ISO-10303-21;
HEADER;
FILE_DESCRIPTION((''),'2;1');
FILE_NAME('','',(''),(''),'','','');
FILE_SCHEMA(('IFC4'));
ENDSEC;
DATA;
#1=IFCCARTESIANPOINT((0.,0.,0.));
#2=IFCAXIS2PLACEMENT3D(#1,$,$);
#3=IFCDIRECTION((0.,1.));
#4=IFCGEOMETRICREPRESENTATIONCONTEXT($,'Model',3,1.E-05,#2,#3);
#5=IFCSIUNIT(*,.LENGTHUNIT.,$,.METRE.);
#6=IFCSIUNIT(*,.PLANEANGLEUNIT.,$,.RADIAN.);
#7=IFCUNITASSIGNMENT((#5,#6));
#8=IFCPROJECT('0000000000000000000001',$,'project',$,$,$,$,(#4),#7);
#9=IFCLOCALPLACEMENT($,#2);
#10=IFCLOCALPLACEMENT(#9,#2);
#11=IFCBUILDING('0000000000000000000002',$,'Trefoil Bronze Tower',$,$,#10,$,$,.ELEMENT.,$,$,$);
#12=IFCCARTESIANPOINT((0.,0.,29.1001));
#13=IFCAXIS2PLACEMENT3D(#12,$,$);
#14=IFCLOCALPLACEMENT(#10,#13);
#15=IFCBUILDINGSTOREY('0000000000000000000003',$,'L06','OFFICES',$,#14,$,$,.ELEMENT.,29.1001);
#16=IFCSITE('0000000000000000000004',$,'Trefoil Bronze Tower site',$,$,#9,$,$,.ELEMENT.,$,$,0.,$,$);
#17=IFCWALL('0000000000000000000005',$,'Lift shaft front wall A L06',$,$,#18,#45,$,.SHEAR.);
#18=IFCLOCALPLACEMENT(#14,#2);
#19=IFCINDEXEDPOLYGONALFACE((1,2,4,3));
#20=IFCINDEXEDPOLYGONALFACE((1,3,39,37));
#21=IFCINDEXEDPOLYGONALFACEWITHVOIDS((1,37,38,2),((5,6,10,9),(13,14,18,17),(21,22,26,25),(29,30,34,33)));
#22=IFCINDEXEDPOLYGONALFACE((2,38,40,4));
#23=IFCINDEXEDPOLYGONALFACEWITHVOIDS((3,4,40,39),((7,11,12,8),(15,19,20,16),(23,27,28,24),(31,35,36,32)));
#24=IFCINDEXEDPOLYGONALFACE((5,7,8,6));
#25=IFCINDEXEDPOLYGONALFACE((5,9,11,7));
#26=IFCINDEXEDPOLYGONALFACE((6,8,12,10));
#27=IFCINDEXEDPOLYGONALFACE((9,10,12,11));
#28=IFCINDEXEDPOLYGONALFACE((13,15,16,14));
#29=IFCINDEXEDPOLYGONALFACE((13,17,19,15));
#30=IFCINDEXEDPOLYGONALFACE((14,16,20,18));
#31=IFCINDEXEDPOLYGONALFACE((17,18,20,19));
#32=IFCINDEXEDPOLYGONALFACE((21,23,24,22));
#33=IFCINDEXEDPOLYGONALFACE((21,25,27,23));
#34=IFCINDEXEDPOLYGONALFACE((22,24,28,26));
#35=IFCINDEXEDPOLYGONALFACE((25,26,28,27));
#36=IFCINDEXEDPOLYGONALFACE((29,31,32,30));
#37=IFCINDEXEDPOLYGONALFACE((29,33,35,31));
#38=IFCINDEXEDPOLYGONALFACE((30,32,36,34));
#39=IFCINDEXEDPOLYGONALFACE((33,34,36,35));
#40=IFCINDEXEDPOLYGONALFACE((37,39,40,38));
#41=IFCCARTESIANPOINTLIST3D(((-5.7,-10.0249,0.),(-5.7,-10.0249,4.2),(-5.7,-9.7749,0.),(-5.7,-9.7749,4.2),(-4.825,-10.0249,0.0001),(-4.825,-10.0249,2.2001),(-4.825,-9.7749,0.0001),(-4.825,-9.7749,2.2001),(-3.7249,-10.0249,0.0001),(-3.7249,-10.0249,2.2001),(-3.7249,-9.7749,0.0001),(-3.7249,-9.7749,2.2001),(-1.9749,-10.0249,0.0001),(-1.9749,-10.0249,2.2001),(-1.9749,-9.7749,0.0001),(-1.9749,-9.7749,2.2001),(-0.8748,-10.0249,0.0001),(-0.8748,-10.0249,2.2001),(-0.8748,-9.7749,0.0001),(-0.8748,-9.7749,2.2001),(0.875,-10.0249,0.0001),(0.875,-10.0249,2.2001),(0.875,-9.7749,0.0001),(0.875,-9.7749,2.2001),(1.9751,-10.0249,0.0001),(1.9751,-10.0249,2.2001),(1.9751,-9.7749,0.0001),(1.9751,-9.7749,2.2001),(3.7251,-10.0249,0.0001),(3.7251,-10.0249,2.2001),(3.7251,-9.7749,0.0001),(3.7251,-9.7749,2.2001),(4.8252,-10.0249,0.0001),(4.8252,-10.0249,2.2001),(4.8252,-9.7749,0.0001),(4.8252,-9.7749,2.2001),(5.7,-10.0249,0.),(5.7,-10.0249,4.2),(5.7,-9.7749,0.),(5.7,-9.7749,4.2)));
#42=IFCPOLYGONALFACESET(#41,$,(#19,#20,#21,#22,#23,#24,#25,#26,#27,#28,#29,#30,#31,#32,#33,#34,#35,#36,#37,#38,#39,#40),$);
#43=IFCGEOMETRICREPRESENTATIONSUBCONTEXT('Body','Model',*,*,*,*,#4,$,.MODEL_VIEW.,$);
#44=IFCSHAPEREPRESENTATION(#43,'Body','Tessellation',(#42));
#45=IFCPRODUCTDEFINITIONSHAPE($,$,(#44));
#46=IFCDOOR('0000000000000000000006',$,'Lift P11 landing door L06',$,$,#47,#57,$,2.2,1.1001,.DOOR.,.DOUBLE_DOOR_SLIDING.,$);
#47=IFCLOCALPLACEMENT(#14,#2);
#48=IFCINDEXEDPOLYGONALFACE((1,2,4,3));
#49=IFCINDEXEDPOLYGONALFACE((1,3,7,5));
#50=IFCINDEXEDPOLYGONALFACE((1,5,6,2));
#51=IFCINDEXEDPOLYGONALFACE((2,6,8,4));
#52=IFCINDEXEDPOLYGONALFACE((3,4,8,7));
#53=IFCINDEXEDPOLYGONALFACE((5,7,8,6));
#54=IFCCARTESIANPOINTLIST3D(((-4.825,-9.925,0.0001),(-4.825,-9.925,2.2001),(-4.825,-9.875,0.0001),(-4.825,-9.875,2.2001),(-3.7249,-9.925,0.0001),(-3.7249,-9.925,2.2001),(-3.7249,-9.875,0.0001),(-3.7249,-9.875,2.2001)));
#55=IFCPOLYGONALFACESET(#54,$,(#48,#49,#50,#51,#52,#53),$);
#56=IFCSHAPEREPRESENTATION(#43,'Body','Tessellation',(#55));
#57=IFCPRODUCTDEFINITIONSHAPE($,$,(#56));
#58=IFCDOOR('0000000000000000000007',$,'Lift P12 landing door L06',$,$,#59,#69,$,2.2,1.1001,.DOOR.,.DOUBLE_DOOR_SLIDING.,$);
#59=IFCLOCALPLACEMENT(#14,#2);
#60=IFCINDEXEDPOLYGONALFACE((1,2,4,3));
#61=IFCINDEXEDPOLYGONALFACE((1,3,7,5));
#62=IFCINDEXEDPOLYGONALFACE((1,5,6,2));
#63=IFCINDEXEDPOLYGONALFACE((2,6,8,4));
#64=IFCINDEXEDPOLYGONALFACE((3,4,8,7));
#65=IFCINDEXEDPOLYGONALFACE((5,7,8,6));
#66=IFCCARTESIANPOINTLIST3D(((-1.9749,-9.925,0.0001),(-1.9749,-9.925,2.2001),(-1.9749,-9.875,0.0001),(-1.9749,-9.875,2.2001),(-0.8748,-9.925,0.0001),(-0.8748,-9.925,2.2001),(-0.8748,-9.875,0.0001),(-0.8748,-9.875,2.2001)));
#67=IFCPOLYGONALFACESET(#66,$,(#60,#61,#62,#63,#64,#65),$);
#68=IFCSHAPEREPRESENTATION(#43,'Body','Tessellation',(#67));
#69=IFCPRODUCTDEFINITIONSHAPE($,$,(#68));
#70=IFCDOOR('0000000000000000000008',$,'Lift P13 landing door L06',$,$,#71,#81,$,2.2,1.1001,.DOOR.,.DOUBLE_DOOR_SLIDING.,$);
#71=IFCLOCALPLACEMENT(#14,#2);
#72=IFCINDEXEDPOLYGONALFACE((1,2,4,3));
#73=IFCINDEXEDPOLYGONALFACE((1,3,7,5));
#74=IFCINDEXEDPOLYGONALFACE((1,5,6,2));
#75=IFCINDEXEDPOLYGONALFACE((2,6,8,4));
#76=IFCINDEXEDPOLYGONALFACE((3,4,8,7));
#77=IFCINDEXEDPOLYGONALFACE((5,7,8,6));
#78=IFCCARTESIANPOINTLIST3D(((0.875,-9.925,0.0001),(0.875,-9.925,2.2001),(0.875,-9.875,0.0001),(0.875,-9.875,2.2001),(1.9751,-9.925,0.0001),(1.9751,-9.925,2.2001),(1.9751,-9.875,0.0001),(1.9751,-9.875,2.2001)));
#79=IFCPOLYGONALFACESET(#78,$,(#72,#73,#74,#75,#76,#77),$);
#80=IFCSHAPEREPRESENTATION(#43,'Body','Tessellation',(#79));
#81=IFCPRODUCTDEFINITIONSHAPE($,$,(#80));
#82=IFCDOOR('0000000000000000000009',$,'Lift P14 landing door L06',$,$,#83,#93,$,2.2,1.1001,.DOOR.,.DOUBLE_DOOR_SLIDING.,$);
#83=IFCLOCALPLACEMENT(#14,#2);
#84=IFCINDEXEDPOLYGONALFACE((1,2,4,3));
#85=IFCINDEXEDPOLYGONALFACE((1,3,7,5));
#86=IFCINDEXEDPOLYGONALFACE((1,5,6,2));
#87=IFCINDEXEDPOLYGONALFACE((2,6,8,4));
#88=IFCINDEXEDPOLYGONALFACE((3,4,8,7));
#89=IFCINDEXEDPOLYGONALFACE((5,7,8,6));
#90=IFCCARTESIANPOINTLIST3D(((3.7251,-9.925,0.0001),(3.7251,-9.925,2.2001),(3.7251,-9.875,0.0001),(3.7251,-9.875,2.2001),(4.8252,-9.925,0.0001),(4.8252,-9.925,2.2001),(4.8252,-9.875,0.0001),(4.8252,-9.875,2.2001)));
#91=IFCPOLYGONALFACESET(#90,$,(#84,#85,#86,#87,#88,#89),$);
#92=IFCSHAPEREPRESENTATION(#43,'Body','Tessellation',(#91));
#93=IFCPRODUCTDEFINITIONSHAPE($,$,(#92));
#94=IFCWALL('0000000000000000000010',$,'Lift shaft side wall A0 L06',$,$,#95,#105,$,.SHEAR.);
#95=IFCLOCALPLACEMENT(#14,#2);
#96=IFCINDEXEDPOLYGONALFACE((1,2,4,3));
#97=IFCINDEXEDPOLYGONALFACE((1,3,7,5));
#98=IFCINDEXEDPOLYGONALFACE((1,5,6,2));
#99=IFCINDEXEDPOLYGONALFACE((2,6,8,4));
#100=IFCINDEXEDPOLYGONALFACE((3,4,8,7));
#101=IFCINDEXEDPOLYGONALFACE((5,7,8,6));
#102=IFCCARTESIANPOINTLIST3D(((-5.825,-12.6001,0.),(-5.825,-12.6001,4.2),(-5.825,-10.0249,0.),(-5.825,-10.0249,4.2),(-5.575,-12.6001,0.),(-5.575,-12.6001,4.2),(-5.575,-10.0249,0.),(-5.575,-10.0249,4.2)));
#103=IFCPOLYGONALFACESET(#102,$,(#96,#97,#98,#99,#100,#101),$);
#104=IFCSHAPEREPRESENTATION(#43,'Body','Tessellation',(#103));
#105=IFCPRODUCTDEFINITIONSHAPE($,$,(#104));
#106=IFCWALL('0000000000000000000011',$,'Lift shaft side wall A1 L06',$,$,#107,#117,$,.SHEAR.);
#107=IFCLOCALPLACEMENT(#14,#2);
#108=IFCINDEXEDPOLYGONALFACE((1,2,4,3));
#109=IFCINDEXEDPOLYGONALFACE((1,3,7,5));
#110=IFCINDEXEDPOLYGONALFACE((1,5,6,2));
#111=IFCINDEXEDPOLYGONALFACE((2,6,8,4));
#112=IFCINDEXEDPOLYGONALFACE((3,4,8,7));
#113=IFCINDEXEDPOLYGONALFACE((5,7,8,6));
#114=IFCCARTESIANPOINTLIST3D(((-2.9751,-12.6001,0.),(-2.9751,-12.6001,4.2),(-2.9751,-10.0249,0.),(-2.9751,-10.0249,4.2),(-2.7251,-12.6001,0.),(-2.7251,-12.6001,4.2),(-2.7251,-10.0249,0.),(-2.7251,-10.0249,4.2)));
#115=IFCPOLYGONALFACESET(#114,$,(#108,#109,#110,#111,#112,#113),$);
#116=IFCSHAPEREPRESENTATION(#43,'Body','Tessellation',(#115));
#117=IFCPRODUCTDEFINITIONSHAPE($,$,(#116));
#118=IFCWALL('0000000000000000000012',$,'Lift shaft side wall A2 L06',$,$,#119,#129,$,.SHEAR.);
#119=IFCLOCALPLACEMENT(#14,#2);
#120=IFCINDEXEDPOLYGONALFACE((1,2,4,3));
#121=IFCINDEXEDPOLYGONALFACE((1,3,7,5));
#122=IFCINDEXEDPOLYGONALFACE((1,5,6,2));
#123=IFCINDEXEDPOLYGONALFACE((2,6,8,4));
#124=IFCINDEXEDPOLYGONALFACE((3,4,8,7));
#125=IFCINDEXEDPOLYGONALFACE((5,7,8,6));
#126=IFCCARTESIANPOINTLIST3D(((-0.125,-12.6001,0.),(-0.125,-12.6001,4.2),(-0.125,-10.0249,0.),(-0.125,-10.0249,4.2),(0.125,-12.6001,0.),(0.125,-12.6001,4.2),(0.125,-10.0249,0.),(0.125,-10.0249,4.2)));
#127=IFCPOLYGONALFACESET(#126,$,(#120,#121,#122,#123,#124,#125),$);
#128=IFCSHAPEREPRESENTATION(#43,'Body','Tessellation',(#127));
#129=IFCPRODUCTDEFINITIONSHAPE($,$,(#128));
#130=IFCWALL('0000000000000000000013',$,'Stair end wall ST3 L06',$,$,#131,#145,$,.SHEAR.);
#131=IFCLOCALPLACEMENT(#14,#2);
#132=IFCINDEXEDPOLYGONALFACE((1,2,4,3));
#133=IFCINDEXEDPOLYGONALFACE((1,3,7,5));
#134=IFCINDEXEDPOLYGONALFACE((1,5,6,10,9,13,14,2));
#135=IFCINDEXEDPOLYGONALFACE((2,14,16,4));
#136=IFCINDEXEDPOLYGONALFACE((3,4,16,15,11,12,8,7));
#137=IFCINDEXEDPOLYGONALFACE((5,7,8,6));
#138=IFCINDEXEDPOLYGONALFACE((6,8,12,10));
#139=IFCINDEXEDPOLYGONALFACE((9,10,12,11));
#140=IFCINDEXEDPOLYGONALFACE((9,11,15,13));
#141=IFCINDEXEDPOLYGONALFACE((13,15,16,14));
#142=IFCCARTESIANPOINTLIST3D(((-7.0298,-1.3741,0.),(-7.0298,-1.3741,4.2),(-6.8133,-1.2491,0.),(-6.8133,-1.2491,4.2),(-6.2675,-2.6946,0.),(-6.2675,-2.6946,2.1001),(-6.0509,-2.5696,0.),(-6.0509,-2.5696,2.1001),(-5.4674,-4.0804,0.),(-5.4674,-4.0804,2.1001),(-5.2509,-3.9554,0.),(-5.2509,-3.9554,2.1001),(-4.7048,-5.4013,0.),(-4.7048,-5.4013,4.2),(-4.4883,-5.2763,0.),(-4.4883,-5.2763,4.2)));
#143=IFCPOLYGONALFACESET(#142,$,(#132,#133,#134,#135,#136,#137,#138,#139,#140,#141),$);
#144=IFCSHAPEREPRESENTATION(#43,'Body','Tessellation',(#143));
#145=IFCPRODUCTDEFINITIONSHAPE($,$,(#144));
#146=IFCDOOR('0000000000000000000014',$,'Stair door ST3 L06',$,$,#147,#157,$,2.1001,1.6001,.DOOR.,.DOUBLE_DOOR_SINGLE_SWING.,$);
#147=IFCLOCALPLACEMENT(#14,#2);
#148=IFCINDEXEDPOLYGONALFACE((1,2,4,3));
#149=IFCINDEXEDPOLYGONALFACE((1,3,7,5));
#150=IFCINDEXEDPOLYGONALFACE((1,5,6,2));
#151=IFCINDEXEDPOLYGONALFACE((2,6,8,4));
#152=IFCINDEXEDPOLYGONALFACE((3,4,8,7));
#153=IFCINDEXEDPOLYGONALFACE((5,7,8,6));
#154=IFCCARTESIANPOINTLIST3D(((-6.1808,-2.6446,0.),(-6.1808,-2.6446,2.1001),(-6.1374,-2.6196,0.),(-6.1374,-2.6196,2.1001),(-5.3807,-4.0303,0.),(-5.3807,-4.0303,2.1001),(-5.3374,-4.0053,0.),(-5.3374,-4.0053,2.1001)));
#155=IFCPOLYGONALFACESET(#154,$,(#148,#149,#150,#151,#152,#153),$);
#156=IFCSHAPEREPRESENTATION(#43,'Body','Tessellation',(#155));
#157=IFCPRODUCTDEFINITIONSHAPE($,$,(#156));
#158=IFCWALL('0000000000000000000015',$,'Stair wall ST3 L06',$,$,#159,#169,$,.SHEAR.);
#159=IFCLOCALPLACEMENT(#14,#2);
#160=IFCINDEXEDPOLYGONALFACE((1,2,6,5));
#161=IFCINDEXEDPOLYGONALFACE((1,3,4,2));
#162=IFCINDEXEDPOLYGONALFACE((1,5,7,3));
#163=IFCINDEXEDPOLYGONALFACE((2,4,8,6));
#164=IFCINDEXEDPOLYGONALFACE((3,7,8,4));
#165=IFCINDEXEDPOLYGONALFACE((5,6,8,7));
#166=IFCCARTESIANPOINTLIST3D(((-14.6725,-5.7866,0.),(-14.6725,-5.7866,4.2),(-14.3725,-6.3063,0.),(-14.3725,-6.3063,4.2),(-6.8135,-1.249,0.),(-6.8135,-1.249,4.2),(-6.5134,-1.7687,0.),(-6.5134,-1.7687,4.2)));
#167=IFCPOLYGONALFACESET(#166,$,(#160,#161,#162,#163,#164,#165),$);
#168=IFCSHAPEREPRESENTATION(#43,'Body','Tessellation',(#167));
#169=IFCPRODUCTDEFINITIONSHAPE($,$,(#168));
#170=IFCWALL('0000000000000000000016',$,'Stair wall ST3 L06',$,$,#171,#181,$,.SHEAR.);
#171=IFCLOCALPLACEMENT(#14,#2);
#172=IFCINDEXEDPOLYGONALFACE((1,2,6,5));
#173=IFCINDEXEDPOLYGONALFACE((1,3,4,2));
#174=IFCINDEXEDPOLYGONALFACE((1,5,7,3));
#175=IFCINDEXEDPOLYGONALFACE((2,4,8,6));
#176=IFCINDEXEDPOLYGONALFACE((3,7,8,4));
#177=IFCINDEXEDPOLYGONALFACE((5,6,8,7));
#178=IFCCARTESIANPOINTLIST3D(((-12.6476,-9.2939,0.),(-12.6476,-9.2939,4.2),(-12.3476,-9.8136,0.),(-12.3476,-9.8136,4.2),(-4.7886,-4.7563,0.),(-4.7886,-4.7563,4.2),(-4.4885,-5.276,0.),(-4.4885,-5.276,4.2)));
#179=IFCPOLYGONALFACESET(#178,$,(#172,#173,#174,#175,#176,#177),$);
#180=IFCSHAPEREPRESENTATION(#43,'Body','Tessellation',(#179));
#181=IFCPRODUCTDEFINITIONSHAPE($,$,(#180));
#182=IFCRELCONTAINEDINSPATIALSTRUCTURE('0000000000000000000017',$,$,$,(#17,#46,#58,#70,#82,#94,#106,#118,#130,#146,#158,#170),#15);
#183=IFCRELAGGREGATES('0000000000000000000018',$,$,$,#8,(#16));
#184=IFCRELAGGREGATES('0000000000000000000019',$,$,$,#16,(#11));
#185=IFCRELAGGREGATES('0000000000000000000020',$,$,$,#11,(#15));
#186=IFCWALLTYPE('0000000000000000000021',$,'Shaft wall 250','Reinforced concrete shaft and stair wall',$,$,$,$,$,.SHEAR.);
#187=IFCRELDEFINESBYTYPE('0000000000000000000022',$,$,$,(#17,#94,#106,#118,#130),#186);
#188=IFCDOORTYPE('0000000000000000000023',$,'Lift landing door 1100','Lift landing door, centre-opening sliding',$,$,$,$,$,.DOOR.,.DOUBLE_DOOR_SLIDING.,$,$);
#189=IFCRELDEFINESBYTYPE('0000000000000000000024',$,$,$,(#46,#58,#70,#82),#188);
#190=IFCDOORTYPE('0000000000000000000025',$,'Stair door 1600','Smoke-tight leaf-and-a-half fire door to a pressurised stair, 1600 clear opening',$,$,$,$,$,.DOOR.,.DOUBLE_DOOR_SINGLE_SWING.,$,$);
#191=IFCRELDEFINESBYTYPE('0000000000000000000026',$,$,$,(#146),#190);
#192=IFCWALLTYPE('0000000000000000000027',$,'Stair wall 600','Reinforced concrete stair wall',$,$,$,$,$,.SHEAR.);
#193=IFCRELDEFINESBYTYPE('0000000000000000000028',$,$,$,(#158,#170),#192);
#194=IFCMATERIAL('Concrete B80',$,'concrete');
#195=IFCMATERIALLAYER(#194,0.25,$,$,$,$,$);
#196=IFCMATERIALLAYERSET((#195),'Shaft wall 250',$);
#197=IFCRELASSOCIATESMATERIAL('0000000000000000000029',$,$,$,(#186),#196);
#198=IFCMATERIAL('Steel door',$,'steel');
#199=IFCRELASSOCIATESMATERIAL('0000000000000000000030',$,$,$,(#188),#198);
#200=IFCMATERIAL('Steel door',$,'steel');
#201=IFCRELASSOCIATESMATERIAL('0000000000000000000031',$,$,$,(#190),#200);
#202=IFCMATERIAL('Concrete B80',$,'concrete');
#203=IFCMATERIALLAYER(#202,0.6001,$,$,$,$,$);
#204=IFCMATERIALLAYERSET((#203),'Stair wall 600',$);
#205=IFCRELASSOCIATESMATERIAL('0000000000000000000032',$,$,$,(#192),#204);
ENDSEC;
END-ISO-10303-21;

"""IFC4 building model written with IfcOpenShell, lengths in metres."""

from ifc_helpers import new_model, si_unit, direction, frame, frame_2d, origin, place, context, subcontext, project, spatial, rectangle, extrude, material, layer, layer_set, type_object, element, fill, save


model = new_model("IFC4")

# Units and contexts
model_context = context("Model", 3, precision=1e-05, world=origin(), true_north=direction((0.0, 1.0)))
body_context = subcontext(model_context, "Body", "Model", "MODEL_VIEW")
ifc_project = project(units=[si_unit("LENGTHUNIT", "METRE"), si_unit("PLANEANGLEUNIT", "RADIAN")], contexts=[model_context])

# Site, building, storey
site_placement = place(None, origin())
site = spatial("IfcSite", under=ifc_project, at=site_placement, Name="Trefoil Bronze Tower site", CompositionType="ELEMENT", RefElevation=0.0)
building_placement = place(site_placement, origin())
building = spatial("IfcBuilding", under=site, at=building_placement, Name="Trefoil Bronze Tower", CompositionType="ELEMENT")
storey_placement = place(building_placement, frame((0.0, 0.0, 29.1001)))
storey = spatial("IfcBuildingStorey", under=building, at=storey_placement, Name="L06", Description="OFFICES", CompositionType="ELEMENT", Elevation=29.1001)

# Wall, openings, doors
ifc_material_1 = material(Name="Concrete B80", Category="concrete")
ifc_layer_1 = layer(ifc_material_1, 0.25)
ifc_layer_set_1 = layer_set([ifc_layer_1], Name="Shaft wall 250")
wall_type_1 = type_object("IfcWallType", Name="Shaft wall 250", Description="Reinforced concrete shaft and stair wall", PredefinedType="SHEAR", material=ifc_layer_set_1)
wall_1_placement = place(storey_placement, frame((-5.7, -9.8999, 0.0), z_axis=(0.0, 0.0, 1.0), x_axis=(1.0, 0.0, 0.0)))
wall_1 = element("IfcWall", 1, at=wall_1_placement, inside=storey, type_object=wall_type_1, Name="Lift shaft front wall A L06", PredefinedType="SHEAR", context=body_context, shape_type="SweptSolid", body=[
    extrude(rectangle(XDim=11.3999, YDim=0.25, at=frame_2d((5.7, 0.0))), origin(), (0.0, 0.0, 1.0), 4.2),
])
opening_1_placement = place(wall_1_placement, frame((0.875, 0.0, 0.0)))
opening_1 = element("IfcOpeningElement", 2, at=opening_1_placement, cuts=wall_1, PredefinedType="OPENING", context=body_context, shape_type="SweptSolid", body=[
    extrude(rectangle(XDim=1.1001, YDim=2.2, at=frame_2d((0.55, 1.1001))), frame((0.0, 0.135, 0.0), z_axis=(0.0, -1.0, 0.0), x_axis=(1.0, 0.0, 0.0)), (0.0, 0.0, 1.0), 0.27),
])
opening_2_placement = place(wall_1_placement, frame((3.7251, 0.0, 0.0)))
opening_2 = element("IfcOpeningElement", 3, at=opening_2_placement, cuts=wall_1, PredefinedType="OPENING", context=body_context, shape_type="SweptSolid", body=[
    extrude(rectangle(XDim=1.1001, YDim=2.2, at=frame_2d((0.55, 1.1001))), frame((0.0, 0.135, 0.0), z_axis=(0.0, -1.0, 0.0), x_axis=(1.0, 0.0, 0.0)), (0.0, 0.0, 1.0), 0.27),
])
opening_3_placement = place(wall_1_placement, frame((6.575, 0.0, 0.0)))
opening_3 = element("IfcOpeningElement", 4, at=opening_3_placement, cuts=wall_1, PredefinedType="OPENING", context=body_context, shape_type="SweptSolid", body=[
    extrude(rectangle(XDim=1.1001, YDim=2.2, at=frame_2d((0.55, 1.1001))), frame((0.0, 0.135, 0.0), z_axis=(0.0, -1.0, 0.0), x_axis=(1.0, 0.0, 0.0)), (0.0, 0.0, 1.0), 0.27),
])
opening_4_placement = place(wall_1_placement, frame((9.425, 0.0, 0.0)))
opening_4 = element("IfcOpeningElement", 5, at=opening_4_placement, cuts=wall_1, PredefinedType="OPENING", context=body_context, shape_type="SweptSolid", body=[
    extrude(rectangle(XDim=1.1001, YDim=2.2, at=frame_2d((0.55, 1.1001))), frame((0.0, 0.135, 0.0), z_axis=(0.0, -1.0, 0.0), x_axis=(1.0, 0.0, 0.0)), (0.0, 0.0, 1.0), 0.27),
])
ifc_material_2 = material(Name="Steel door", Category="steel")
door_type_1 = type_object("IfcDoorType", Name="Lift landing door 1100", Description="Lift landing door, centre-opening sliding", OperationType="DOUBLE_DOOR_SLIDING", PredefinedType="DOOR", material=ifc_material_2)
door_1_placement = place(opening_1_placement, origin())
door_1 = element("IfcDoor", 6, at=door_1_placement, inside=storey, type_object=door_type_1, Name="Lift P11 landing door L06", OperationType="DOUBLE_DOOR_SLIDING", OverallHeight=2.2, OverallWidth=1.1001, PredefinedType="DOOR", context=body_context, shape_type="SweptSolid", body=[
    extrude(rectangle(XDim=1.1001, YDim=2.2, at=frame_2d((0.55, 1.1001))), frame((0.0, 0.0249, 0.0), z_axis=(0.0, -1.0, 0.0), x_axis=(1.0, 0.0, 0.0)), (0.0, 0.0, 1.0), 0.05),
])
fill(opening_1, door_1)
door_2_placement = place(opening_2_placement, origin())
door_2 = element("IfcDoor", 7, at=door_2_placement, inside=storey, type_object=door_type_1, Name="Lift P12 landing door L06", OperationType="DOUBLE_DOOR_SLIDING", OverallHeight=2.2, OverallWidth=1.1001, PredefinedType="DOOR", context=body_context, shape_type="SweptSolid", body=[
    extrude(rectangle(XDim=1.1001, YDim=2.2, at=frame_2d((0.55, 1.1001))), frame((0.0, 0.0249, 0.0), z_axis=(0.0, -1.0, 0.0), x_axis=(1.0, 0.0, 0.0)), (0.0, 0.0, 1.0), 0.05),
])
fill(opening_2, door_2)
door_3_placement = place(opening_3_placement, origin())
door_3 = element("IfcDoor", 8, at=door_3_placement, inside=storey, type_object=door_type_1, Name="Lift P13 landing door L06", OperationType="DOUBLE_DOOR_SLIDING", OverallHeight=2.2, OverallWidth=1.1001, PredefinedType="DOOR", context=body_context, shape_type="SweptSolid", body=[
    extrude(rectangle(XDim=1.1001, YDim=2.2, at=frame_2d((0.55, 1.1001))), frame((0.0, 0.0249, 0.0), z_axis=(0.0, -1.0, 0.0), x_axis=(1.0, 0.0, 0.0)), (0.0, 0.0, 1.0), 0.05),
])
fill(opening_3, door_3)
door_4_placement = place(opening_4_placement, origin())
door_4 = element("IfcDoor", 9, at=door_4_placement, inside=storey, type_object=door_type_1, Name="Lift P14 landing door L06", OperationType="DOUBLE_DOOR_SLIDING", OverallHeight=2.2, OverallWidth=1.1001, PredefinedType="DOOR", context=body_context, shape_type="SweptSolid", body=[
    extrude(rectangle(XDim=1.1001, YDim=2.2, at=frame_2d((0.55, 1.1001))), frame((0.0, 0.0249, 0.0), z_axis=(0.0, -1.0, 0.0), x_axis=(1.0, 0.0, 0.0)), (0.0, 0.0, 1.0), 0.05),
])
fill(opening_4, door_4)

# Walls
for number, where, z_axis, x_axis, name in (
    (10, (-5.7, -10.0249, 0.0), (0.0, 0.0, 1.0), (0.0, -1.0, 0.0), "Lift shaft side wall A0 L06"),
    (11, (-2.8501, -10.0249, 0.0), (0.0, 0.0, 1.0), (0.0, -1.0, 0.0), "Lift shaft side wall A1 L06"),
    (12, (0.0, -10.0249, 0.0), (0.0, 0.0, 1.0), (0.0, -1.0, 0.0), "Lift shaft side wall A2 L06"),
):
    element("IfcWall", number, at=place(storey_placement, frame(where, z_axis=z_axis, x_axis=x_axis)), inside=storey, type_object=wall_type_1, Name=name, PredefinedType="SHEAR", context=body_context, shape_type="SweptSolid", body=[
        extrude(rectangle(XDim=2.5752, YDim=0.25, at=frame_2d((1.2876, 0.0))), origin(), (0.0, 0.0, 1.0), 4.2),
    ])

# Wall, opening, door
wall_2_placement = place(storey_placement, frame((-6.9216, -1.3115, 0.0), z_axis=(0.0, 0.0, 1.0), x_axis=(0.499985, -0.866034, 0.0)))
wall_2 = element("IfcWall", 13, at=wall_2_placement, inside=storey, type_object=wall_type_1, Name="Stair end wall ST3 L06", PredefinedType="SHEAR", context=body_context, shape_type="SweptSolid", body=[
    extrude(rectangle(XDim=4.6501, YDim=0.25, at=frame_2d((2.3252, 0.0))), origin(), (0.0, 0.0, 1.0), 4.2),
])
opening_5_placement = place(wall_2_placement, frame((1.5249, 0.0, 0.0)))
opening_5 = element("IfcOpeningElement", 14, at=opening_5_placement, cuts=wall_2, PredefinedType="OPENING", context=body_context, shape_type="SweptSolid", body=[
    extrude(rectangle(XDim=1.6001, YDim=2.1001, at=frame_2d((0.8, 1.05))), frame((0.0, 0.135, 0.0), z_axis=(0.0, -1.0, 0.0), x_axis=(1.0, 0.0, 0.0)), (0.0, 0.0, 1.0), 0.27),
])
ifc_material_3 = material(Name="Steel door", Category="steel")
door_type_2 = type_object("IfcDoorType", Name="Stair door 1600", Description="Smoke-tight leaf-and-a-half fire door to a pressurised stair, 1600 clear opening", OperationType="DOUBLE_DOOR_SINGLE_SWING", PredefinedType="DOOR", material=ifc_material_3)
door_5_placement = place(opening_5_placement, frame((1.6001, 0.0, 0.0), z_axis=(0.0, 0.0, 1.0), x_axis=(-1.0, 0.0, 0.0)))
door_5 = element("IfcDoor", 15, at=door_5_placement, inside=storey, type_object=door_type_2, Name="Stair door ST3 L06", OperationType="DOUBLE_DOOR_SINGLE_SWING", OverallHeight=2.1001, OverallWidth=1.6001, PredefinedType="DOOR", context=body_context, shape_type="SweptSolid", body=[
    extrude(rectangle(XDim=1.6001, YDim=2.1001, at=frame_2d((0.8, 1.05))), frame((0.0, 0.0249, 0.0), z_axis=(0.0, -1.0, 0.0), x_axis=(1.0, 0.0, 0.0)), (0.0, 0.0, 1.0), 0.05),
])
fill(opening_5, door_5)

# Walls
ifc_material_4 = material(Name="Concrete B80", Category="concrete")
ifc_layer_2 = layer(ifc_material_4, 0.6001)
ifc_layer_set_2 = layer_set([ifc_layer_2], Name="Stair wall 600")
wall_type_2 = type_object("IfcWallType", Name="Stair wall 600", Description="Reinforced concrete stair wall", PredefinedType="SHEAR", material=ifc_layer_set_2)
for number, where, z_axis, x_axis, name in (
    (16, (-6.6633, -1.5088, 0.0), (0.0, 0.0, 1.0), (-0.866019, -0.50001, 0.0), "Stair wall ST3 L06"),
    (17, (-4.6384, -5.0161, 0.0), (0.0, 0.0, 1.0), (-0.866019, -0.50001, 0.0), "Stair wall ST3 L06"),
):
    element("IfcWall", number, at=place(storey_placement, frame(where, z_axis=z_axis, x_axis=x_axis)), inside=storey, type_object=wall_type_2, Name=name, PredefinedType="SHEAR", context=body_context, shape_type="SweptSolid", body=[
        extrude(rectangle(XDim=9.075, YDim=0.6001, at=frame_2d((4.5376, 0.0))), origin(), (0.0, 0.0, 1.0), 4.2),
    ])

save(model, "model.ifc")
